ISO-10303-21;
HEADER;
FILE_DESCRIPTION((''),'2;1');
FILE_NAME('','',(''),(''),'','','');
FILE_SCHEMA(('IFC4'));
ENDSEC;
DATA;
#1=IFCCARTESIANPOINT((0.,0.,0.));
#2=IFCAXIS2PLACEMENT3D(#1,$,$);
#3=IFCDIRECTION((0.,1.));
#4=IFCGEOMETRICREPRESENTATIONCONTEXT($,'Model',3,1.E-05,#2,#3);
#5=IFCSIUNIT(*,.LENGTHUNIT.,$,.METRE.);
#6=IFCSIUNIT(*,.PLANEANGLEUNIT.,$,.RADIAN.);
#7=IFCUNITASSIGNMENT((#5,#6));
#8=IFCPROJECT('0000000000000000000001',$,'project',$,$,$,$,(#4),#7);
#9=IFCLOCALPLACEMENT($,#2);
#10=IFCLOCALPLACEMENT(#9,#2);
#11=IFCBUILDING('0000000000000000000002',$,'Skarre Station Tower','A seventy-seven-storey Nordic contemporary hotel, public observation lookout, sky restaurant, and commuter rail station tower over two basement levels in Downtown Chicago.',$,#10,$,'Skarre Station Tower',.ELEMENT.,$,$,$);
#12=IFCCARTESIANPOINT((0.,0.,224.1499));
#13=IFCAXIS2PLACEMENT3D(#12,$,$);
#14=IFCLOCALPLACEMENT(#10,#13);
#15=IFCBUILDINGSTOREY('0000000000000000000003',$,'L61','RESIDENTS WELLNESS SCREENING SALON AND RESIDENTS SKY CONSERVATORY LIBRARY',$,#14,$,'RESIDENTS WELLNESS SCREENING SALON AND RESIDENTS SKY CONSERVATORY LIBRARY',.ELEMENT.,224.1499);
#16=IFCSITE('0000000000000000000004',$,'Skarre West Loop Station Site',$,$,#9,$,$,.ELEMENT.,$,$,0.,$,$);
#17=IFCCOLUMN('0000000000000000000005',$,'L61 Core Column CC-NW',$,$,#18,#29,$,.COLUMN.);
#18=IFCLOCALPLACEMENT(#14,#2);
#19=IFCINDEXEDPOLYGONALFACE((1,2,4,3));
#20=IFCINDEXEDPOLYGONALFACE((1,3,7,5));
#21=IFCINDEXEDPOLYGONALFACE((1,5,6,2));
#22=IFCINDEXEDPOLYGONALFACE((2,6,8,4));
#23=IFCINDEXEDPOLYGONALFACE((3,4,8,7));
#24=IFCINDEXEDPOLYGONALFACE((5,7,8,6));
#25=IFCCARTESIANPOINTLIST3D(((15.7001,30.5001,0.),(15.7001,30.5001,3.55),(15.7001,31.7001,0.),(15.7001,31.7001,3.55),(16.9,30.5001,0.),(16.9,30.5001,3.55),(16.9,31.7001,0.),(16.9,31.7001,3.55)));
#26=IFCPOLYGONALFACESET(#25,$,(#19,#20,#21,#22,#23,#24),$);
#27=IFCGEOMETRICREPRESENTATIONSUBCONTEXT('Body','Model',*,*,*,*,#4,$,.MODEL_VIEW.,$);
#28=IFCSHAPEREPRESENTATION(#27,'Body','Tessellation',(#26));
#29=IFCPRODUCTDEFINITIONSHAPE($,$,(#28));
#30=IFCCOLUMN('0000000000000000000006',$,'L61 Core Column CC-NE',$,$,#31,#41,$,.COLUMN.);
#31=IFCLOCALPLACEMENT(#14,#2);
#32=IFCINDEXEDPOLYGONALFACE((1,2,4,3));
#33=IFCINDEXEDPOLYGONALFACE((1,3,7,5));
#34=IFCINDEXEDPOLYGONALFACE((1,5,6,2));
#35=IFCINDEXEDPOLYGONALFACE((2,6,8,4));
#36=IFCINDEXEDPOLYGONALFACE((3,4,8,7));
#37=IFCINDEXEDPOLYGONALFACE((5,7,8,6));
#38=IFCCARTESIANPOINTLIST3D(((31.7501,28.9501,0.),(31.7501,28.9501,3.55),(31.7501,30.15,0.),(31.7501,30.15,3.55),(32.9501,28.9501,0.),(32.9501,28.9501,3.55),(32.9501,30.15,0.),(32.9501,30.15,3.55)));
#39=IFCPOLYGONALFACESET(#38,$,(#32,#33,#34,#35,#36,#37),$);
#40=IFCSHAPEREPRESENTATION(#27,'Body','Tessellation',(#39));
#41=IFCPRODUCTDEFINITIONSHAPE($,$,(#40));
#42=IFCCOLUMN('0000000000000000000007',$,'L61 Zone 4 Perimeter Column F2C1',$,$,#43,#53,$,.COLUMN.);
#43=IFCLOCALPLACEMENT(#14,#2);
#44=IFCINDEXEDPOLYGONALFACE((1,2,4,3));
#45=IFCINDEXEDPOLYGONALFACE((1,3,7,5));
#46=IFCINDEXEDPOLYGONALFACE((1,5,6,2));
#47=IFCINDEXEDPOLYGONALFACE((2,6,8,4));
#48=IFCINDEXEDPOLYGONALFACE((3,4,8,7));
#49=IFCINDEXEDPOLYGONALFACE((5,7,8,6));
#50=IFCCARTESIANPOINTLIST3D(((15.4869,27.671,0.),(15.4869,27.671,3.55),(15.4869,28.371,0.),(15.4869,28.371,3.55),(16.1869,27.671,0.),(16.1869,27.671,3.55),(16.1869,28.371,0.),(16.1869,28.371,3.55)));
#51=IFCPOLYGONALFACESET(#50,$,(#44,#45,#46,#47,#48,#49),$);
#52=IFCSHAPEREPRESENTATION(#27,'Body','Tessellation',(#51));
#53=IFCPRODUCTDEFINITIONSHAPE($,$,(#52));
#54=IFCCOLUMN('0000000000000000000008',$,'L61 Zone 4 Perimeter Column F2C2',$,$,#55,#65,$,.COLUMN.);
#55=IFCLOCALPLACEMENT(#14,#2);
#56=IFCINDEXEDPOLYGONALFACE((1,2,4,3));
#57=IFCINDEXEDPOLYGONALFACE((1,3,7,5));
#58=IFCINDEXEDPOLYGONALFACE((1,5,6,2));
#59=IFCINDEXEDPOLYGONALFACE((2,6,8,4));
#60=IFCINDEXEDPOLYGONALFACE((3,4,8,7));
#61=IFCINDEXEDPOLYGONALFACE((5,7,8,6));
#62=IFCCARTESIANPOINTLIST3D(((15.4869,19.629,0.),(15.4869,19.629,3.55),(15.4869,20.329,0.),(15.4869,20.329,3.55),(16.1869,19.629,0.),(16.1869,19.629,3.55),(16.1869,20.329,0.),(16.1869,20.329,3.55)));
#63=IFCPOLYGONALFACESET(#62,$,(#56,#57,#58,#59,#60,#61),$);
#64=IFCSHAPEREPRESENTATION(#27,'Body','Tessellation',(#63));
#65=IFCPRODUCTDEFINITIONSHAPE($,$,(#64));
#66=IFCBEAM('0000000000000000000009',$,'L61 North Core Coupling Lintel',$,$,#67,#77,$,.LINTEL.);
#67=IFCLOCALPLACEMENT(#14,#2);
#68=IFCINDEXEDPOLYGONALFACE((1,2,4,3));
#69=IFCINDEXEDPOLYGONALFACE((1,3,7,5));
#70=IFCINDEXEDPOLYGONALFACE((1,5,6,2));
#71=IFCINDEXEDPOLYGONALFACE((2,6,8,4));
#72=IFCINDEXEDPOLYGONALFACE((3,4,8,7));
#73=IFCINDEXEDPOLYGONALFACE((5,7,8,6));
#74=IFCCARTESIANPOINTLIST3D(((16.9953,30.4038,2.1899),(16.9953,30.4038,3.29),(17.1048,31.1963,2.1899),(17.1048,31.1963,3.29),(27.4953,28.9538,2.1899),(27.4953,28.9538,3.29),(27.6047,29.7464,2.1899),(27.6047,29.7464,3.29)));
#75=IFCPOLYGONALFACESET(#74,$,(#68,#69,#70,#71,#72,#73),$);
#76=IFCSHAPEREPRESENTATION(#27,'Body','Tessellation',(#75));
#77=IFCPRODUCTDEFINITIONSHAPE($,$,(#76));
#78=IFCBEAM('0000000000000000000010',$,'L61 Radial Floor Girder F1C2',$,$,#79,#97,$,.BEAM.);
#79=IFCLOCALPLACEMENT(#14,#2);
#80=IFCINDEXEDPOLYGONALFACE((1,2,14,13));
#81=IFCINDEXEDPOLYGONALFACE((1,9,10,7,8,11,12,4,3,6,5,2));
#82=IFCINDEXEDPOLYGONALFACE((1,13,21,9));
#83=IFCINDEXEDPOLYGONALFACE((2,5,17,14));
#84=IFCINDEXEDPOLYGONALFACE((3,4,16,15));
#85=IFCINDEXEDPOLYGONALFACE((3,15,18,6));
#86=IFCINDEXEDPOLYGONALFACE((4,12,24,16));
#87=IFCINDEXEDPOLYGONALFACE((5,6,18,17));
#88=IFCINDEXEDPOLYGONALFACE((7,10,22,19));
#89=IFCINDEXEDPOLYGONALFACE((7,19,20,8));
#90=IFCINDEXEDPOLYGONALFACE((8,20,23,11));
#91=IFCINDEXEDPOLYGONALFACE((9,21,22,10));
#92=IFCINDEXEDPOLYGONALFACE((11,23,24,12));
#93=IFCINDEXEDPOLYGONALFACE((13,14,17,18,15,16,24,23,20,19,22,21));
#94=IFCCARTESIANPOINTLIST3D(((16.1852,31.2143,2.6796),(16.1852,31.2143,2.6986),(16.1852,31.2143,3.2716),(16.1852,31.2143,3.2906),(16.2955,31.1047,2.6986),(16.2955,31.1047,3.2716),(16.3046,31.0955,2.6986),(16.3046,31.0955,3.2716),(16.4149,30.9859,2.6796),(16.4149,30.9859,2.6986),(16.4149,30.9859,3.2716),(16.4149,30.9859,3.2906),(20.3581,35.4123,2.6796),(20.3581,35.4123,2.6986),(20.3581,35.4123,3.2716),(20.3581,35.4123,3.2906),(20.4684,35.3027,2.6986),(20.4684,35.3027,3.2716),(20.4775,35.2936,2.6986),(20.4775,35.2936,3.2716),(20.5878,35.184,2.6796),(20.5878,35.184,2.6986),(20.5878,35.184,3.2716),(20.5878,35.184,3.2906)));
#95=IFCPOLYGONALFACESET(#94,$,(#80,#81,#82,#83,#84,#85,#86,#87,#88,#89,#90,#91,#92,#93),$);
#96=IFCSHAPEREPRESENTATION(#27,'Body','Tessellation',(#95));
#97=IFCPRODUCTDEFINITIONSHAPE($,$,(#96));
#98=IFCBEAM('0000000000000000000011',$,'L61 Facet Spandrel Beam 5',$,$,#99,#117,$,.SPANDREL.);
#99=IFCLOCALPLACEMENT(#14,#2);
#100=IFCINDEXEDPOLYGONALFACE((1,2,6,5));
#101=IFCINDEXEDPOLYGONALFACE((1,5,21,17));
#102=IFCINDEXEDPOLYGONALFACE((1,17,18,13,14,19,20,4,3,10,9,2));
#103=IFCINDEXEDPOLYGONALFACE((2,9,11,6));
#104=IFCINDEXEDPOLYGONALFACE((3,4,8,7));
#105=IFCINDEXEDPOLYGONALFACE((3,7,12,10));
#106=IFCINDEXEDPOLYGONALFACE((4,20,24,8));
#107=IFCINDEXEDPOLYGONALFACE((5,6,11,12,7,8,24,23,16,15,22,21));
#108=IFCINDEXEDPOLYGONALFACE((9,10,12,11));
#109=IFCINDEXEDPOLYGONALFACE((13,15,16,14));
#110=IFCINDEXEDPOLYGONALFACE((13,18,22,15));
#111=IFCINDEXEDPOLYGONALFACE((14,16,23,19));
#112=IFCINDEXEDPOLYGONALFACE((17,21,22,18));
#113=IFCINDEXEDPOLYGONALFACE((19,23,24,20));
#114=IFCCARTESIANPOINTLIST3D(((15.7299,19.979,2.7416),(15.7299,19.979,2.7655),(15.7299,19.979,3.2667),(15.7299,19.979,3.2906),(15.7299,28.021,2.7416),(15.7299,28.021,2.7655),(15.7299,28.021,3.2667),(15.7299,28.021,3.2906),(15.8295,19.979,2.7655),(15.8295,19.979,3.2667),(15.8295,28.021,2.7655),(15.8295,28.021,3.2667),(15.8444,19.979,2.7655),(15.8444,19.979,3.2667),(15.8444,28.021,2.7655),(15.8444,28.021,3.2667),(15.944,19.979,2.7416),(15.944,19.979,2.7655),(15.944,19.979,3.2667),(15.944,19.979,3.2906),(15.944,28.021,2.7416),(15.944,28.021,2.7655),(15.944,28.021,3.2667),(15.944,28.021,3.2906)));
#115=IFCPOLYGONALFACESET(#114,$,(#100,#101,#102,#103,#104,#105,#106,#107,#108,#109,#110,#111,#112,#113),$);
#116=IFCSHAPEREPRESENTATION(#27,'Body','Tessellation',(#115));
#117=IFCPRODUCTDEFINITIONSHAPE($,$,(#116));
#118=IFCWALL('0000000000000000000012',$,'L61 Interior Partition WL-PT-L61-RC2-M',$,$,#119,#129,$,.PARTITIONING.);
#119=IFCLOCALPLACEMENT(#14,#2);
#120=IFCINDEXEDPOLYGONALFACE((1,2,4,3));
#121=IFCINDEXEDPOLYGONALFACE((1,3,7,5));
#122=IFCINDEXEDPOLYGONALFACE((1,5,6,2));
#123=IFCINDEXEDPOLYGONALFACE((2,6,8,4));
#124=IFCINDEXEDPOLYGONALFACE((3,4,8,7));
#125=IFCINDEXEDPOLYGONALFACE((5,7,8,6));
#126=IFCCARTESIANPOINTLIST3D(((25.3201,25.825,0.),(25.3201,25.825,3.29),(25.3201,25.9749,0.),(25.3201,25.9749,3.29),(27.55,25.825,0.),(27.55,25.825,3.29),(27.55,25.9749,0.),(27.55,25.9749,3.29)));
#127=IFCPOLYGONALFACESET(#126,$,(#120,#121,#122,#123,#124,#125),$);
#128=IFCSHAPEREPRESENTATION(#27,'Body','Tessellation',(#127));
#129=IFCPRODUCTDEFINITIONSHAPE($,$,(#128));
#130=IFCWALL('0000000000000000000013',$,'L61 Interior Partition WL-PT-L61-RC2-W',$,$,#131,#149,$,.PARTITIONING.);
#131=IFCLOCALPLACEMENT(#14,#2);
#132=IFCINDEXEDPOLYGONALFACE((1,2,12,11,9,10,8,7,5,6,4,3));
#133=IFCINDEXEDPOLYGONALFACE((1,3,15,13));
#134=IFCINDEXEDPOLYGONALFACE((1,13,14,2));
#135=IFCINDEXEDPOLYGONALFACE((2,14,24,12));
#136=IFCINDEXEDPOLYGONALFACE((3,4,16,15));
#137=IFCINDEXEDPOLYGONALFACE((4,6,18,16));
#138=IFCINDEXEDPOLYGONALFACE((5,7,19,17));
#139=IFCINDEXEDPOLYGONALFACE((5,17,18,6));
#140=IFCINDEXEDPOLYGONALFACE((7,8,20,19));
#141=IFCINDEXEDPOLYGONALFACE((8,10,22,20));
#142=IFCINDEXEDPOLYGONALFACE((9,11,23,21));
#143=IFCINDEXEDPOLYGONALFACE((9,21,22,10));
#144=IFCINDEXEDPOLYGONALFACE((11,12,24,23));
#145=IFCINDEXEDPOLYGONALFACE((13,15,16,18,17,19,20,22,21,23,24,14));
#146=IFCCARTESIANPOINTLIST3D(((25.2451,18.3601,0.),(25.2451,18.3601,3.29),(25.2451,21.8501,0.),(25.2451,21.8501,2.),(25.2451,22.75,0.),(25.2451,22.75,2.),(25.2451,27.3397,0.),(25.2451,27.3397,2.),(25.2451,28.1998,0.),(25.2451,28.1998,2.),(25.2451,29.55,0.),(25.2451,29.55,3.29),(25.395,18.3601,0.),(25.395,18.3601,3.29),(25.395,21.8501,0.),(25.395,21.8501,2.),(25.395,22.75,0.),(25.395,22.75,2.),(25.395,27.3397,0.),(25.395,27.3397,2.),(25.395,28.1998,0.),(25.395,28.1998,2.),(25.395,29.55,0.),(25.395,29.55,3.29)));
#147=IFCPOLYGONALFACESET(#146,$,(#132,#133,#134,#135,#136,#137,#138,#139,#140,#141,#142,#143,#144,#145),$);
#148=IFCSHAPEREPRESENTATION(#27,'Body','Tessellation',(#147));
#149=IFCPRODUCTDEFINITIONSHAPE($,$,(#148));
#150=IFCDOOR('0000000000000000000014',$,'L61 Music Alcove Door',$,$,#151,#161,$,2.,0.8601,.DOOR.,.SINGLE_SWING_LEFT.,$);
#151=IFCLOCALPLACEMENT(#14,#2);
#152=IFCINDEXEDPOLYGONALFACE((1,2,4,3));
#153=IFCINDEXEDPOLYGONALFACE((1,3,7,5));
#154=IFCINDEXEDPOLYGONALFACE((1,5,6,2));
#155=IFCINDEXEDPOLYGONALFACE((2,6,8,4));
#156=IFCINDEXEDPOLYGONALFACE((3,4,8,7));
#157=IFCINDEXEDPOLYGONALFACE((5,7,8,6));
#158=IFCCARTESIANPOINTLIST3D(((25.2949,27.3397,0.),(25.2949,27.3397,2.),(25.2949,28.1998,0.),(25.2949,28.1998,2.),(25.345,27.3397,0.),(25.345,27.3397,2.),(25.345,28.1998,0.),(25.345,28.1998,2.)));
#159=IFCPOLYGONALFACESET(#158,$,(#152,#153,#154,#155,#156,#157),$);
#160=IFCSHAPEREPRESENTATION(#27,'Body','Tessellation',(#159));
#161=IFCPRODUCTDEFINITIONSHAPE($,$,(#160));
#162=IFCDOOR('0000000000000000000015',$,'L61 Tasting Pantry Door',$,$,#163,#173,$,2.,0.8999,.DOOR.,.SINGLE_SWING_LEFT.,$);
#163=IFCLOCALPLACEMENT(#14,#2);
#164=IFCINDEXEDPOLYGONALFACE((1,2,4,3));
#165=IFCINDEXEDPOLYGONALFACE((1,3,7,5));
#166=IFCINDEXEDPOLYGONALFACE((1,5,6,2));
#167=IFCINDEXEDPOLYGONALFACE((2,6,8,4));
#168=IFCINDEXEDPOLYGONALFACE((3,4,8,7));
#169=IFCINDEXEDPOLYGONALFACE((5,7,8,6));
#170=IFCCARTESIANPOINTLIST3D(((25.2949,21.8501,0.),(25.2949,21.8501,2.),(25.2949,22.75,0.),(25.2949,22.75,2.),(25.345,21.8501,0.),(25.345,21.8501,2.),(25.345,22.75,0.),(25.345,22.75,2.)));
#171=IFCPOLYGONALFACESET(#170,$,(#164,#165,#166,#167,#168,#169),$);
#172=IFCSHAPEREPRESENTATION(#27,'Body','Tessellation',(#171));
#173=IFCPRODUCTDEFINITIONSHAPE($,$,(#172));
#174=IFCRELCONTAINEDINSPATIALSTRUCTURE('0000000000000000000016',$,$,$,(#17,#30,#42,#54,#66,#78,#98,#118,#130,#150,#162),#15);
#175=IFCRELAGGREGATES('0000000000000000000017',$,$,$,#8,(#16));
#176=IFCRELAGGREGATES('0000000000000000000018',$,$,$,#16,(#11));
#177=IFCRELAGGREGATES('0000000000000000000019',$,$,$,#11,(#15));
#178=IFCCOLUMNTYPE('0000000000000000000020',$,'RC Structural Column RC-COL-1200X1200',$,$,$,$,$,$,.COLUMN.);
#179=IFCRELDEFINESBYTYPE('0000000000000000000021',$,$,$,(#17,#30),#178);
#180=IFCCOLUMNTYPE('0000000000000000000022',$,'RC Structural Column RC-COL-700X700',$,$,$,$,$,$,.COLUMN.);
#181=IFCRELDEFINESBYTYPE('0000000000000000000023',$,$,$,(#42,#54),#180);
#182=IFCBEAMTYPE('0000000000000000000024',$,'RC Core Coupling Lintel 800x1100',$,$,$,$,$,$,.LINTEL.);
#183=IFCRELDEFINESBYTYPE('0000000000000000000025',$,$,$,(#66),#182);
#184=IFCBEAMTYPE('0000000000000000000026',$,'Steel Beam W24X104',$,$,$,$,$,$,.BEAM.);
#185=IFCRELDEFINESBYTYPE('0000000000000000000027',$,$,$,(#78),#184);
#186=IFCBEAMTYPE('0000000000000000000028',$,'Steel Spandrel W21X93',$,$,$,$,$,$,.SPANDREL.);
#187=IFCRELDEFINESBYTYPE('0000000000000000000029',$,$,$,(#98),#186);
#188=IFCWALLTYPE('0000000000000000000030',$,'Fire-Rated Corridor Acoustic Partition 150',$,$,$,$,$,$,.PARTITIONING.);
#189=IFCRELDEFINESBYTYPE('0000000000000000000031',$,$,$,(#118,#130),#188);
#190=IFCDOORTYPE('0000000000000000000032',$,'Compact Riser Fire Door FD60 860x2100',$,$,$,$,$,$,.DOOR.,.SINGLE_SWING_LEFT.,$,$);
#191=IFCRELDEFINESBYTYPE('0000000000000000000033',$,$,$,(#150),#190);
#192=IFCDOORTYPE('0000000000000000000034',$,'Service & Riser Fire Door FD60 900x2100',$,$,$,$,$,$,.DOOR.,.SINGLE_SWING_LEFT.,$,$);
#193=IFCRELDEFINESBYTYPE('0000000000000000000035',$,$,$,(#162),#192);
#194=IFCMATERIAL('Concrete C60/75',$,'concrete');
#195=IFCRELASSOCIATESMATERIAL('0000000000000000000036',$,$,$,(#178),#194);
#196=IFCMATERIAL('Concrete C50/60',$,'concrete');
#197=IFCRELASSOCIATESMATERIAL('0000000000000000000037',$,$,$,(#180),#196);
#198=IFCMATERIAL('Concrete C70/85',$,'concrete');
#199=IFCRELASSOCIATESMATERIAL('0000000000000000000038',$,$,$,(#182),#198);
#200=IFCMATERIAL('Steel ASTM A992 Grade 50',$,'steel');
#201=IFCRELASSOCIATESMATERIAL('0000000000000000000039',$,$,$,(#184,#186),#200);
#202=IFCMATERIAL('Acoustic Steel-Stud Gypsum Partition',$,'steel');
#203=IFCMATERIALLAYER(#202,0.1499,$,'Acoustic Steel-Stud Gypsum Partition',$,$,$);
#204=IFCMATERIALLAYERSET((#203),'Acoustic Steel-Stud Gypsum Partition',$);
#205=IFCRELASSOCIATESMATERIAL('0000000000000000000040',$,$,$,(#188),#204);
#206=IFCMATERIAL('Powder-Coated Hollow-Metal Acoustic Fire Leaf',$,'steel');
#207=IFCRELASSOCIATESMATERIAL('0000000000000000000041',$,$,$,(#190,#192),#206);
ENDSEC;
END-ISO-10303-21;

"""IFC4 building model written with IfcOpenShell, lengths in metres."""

from ifc_helpers import new_model, si_unit, direction, frame, frame_2d, origin, origin_2d, place, context, subcontext, project, spatial, rectangle, i_section, extrude, material, layer, layer_set, material_profile, profile_set, type_object, element, fill, save


model = new_model("IFC4")

# Units and contexts
model_context = context("Model", 3, precision=1e-05, world=origin(), true_north=direction((0.0, 1.0)))
body_context = subcontext(model_context, "Body", "Model", "MODEL_VIEW")
ifc_project = project(units=[si_unit("LENGTHUNIT", "METRE"), si_unit("PLANEANGLEUNIT", "RADIAN")], contexts=[model_context])

# Site, building, storey
site_placement = place(None, origin())
site = spatial("IfcSite", under=ifc_project, at=site_placement, Name="Skarre West Loop Station Site", CompositionType="ELEMENT", RefElevation=0.0)
building_placement = place(site_placement, origin())
building = spatial("IfcBuilding", under=site, at=building_placement, Name="Skarre Station Tower", Description="A seventy-seven-storey Nordic contemporary hotel, public observation lookout, sky restaurant, and commuter rail station tower over two basement levels in Downtown Chicago.", LongName="Skarre Station Tower", CompositionType="ELEMENT")
storey_placement = place(building_placement, frame((0.0, 0.0, 224.1499)))
storey = spatial("IfcBuildingStorey", under=building, at=storey_placement, Name="L61", Description="RESIDENTS WELLNESS SCREENING SALON AND RESIDENTS SKY CONSERVATORY LIBRARY", LongName="RESIDENTS WELLNESS SCREENING SALON AND RESIDENTS SKY CONSERVATORY LIBRARY", CompositionType="ELEMENT", Elevation=224.1499)

# Columns
ifc_material_1 = material(Name="Concrete C60/75", Category="concrete")
ifc_material_profile_1 = material_profile(ifc_material_1, rectangle(XDim=1.2, YDim=1.2, at=origin_2d()), Name="Concrete C60/75")
ifc_profile_set_1 = profile_set([ifc_material_profile_1], Name="Concrete C60/75")
column_type_1 = type_object("IfcColumnType", Name="RC Structural Column RC-COL-1200X1200", PredefinedType="COLUMN", material=ifc_profile_set_1)
for number, where, z_axis, x_axis, name in (
    (1, (16.3, 31.1001, 0.0), (0.0, 0.0, 1.0), (1.0, 0.0, 0.0), "L61 Core Column CC-NW"),
    (2, (32.3501, 29.55, 0.0), (0.0, 0.0, 1.0), (1.0, 0.0, 0.0), "L61 Core Column CC-NE"),
):
    element("IfcColumn", number, at=place(storey_placement, frame(where, z_axis=z_axis, x_axis=x_axis)), inside=storey, type_object=column_type_1, Name=name, PredefinedType="COLUMN", context=body_context, shape_type="SweptSolid", body=[
        extrude(rectangle(XDim=1.2, YDim=1.2, at=origin_2d()), origin(), (0.0, 0.0, 1.0), 3.55),
    ])
ifc_material_2 = material(Name="Concrete C50/60", Category="concrete")
ifc_material_profile_2 = material_profile(ifc_material_2, rectangle(XDim=0.7, YDim=0.7, at=origin_2d()), Name="Concrete C50/60")
ifc_profile_set_2 = profile_set([ifc_material_profile_2], Name="Concrete C50/60")
column_type_2 = type_object("IfcColumnType", Name="RC Structural Column RC-COL-700X700", PredefinedType="COLUMN", material=ifc_profile_set_2)
for number, where, z_axis, x_axis, name in (
    (3, (15.8369, 28.021, 0.0), (0.0, 0.0, 1.0), (1.0, 0.0, 0.0), "L61 Zone 4 Perimeter Column F2C1"),
    (4, (15.8369, 19.979, 0.0), (0.0, 0.0, 1.0), (1.0, 0.0, 0.0), "L61 Zone 4 Perimeter Column F2C2"),
):
    element("IfcColumn", number, at=place(storey_placement, frame(where, z_axis=z_axis, x_axis=x_axis)), inside=storey, type_object=column_type_2, Name=name, PredefinedType="COLUMN", context=body_context, shape_type="SweptSolid", body=[
        extrude(rectangle(XDim=0.7, YDim=0.7, at=origin_2d()), origin(), (0.0, 0.0, 1.0), 3.55),
    ])

# Beams
ifc_material_3 = material(Name="Concrete C70/85", Category="concrete")
ifc_material_profile_3 = material_profile(ifc_material_3, rectangle(XDim=0.8, YDim=1.1001, at=origin_2d()), Name="Concrete C70/85")
ifc_profile_set_3 = profile_set([ifc_material_profile_3], Name="Concrete C70/85")
beam_type_1 = type_object("IfcBeamType", Name="RC Core Coupling Lintel 800x1100", PredefinedType="LINTEL", material=ifc_profile_set_3)
beam_1_placement = place(storey_placement, frame((17.05, 30.8, 2.74), z_axis=(0.9906, -0.136792, 0.0), x_axis=(0.136792, 0.9906, 0.0)))
element("IfcBeam", 5, at=beam_1_placement, inside=storey, type_object=beam_type_1, Name="L61 North Core Coupling Lintel", PredefinedType="LINTEL", context=body_context, shape_type="SweptSolid", body=[
    extrude(rectangle(XDim=0.8, YDim=1.1001, at=origin_2d()), origin(), (0.0, 0.0, 1.0), 10.5996),
])
ifc_material_4 = material(Name="Steel ASTM A992 Grade 50", Category="steel")
ifc_material_profile_4 = material_profile(ifc_material_4, i_section(OverallWidth=0.324, OverallDepth=0.6111, WebThickness=0.0129, FlangeThickness=0.019, at=origin_2d()), Name="Steel ASTM A992 Grade 50")
ifc_profile_set_4 = profile_set([ifc_material_profile_4], Name="Steel ASTM A992 Grade 50")
beam_type_2 = type_object("IfcBeamType", Name="Steel Beam W24X104", PredefinedType="BEAM", material=ifc_profile_set_4)
beam_2_placement = place(storey_placement, frame((16.3, 31.1001, 2.9851), z_axis=(0.704979, 0.709228, 0.0), x_axis=(-0.709228, 0.704979, 0.0)))
element("IfcBeam", 6, at=beam_2_placement, inside=storey, type_object=beam_type_2, Name="L61 Radial Floor Girder F1C2", PredefinedType="BEAM", context=body_context, shape_type="SweptSolid", body=[
    extrude(i_section(OverallWidth=0.324, OverallDepth=0.6111, WebThickness=0.0129, FlangeThickness=0.019, at=origin_2d()), origin(), (0.0, 0.0, 1.0), 5.9192),
])
ifc_material_profile_5 = material_profile(ifc_material_4, i_section(OverallWidth=0.2141, OverallDepth=0.5491, WebThickness=0.0149, FlangeThickness=0.0239, at=origin_2d()), Name="Steel ASTM A992 Grade 50")
ifc_profile_set_5 = profile_set([ifc_material_profile_5], Name="Steel ASTM A992 Grade 50")
beam_type_3 = type_object("IfcBeamType", Name="Steel Spandrel W21X93", PredefinedType="SPANDREL", material=ifc_profile_set_5)
beam_3_placement = place(storey_placement, frame((15.8369, 28.021, 3.0161), z_axis=(0.0, -1.0, 0.0), x_axis=(1.0, 0.0, 0.0)))
element("IfcBeam", 7, at=beam_3_placement, inside=storey, type_object=beam_type_3, Name="L61 Facet Spandrel Beam 5", PredefinedType="SPANDREL", context=body_context, shape_type="SweptSolid", body=[
    extrude(i_section(OverallWidth=0.2141, OverallDepth=0.5491, WebThickness=0.0149, FlangeThickness=0.0239, at=origin_2d()), origin(), (0.0, 0.0, 1.0), 8.042),
])

# Wall
ifc_material_5 = material(Name="Acoustic Steel-Stud Gypsum Partition", Category="steel")
ifc_layer_1 = layer(ifc_material_5, 0.1499, Name="Acoustic Steel-Stud Gypsum Partition")
ifc_layer_set_1 = layer_set([ifc_layer_1], Name="Acoustic Steel-Stud Gypsum Partition")
wall_type_1 = type_object("IfcWallType", Name="Fire-Rated Corridor Acoustic Partition 150", PredefinedType="PARTITIONING", material=ifc_layer_set_1)
wall_1_placement = place(storey_placement, frame((25.3201, 25.8999, 0.0), z_axis=(0.0, 0.0, 1.0), x_axis=(1.0, 0.0, 0.0)))
element("IfcWall", 8, at=wall_1_placement, inside=storey, type_object=wall_type_1, Name="L61 Interior Partition WL-PT-L61-RC2-M", PredefinedType="PARTITIONING", context=body_context, shape_type="SweptSolid", body=[
    extrude(rectangle(XDim=2.23, YDim=0.1499, at=frame_2d((1.115, 0.0))), origin(), (0.0, 0.0, 1.0), 3.29),
])

# Wall, openings, doors
wall_2_placement = place(storey_placement, frame((25.3201, 29.55, 0.0), z_axis=(0.0, 0.0, 1.0), x_axis=(0.0, -1.0, 0.0)))
wall_2 = element("IfcWall", 9, at=wall_2_placement, inside=storey, type_object=wall_type_1, Name="L61 Interior Partition WL-PT-L61-RC2-W", PredefinedType="PARTITIONING", context=body_context, shape_type="SweptSolid", body=[
    extrude(rectangle(XDim=11.1899, YDim=0.1499, at=frame_2d((5.595, 0.0))), origin(), (0.0, 0.0, 1.0), 3.29),
])
opening_1_placement = place(wall_2_placement, frame((1.3501, 0.0, 0.0)))
opening_1 = element("IfcOpeningElement", 10, at=opening_1_placement, cuts=wall_2, PredefinedType="OPENING", context=body_context, shape_type="SweptSolid", body=[
    extrude(rectangle(XDim=0.8601, YDim=2.0, at=frame_2d((0.4302, 1.0))), frame((0.0, 0.085, 0.0), z_axis=(0.0, -1.0, 0.0), x_axis=(1.0, 0.0, 0.0)), (0.0, 0.0, 1.0), 0.1699),
])
opening_2_placement = place(wall_2_placement, frame((6.8, 0.0, 0.0)))
opening_2 = element("IfcOpeningElement", 11, at=opening_2_placement, cuts=wall_2, PredefinedType="OPENING", context=body_context, shape_type="SweptSolid", body=[
    extrude(rectangle(XDim=0.8999, YDim=2.0, at=frame_2d((0.45, 1.0))), frame((0.0, 0.085, 0.0), z_axis=(0.0, -1.0, 0.0), x_axis=(1.0, 0.0, 0.0)), (0.0, 0.0, 1.0), 0.1699),
])
ifc_material_6 = material(Name="Powder-Coated Hollow-Metal Acoustic Fire Leaf", Category="steel")
door_type_1 = type_object("IfcDoorType", Name="Compact Riser Fire Door FD60 860x2100", OperationType="SINGLE_SWING_LEFT", PredefinedType="DOOR", material=ifc_material_6)
door_1_placement = place(opening_1_placement, origin())
door_1 = element("IfcDoor", 12, at=door_1_placement, inside=storey, type_object=door_type_1, Name="L61 Music Alcove Door", OperationType="SINGLE_SWING_LEFT", OverallHeight=2.0, OverallWidth=0.8601, PredefinedType="DOOR", context=body_context, shape_type="SweptSolid", body=[
    extrude(rectangle(XDim=0.8601, YDim=2.0, at=frame_2d((0.4302, 1.0))), frame((0.0, 0.0249, 0.0), z_axis=(0.0, -1.0, 0.0), x_axis=(1.0, 0.0, 0.0)), (0.0, 0.0, 1.0), 0.05),
])
fill(opening_1, door_1)
door_type_2 = type_object("IfcDoorType", Name="Service & Riser Fire Door FD60 900x2100", OperationType="SINGLE_SWING_LEFT", PredefinedType="DOOR", material=ifc_material_6)
door_2_placement = place(opening_2_placement, origin())
door_2 = element("IfcDoor", 13, at=door_2_placement, inside=storey, type_object=door_type_2, Name="L61 Tasting Pantry Door", OperationType="SINGLE_SWING_LEFT", OverallHeight=2.0, OverallWidth=0.8999, PredefinedType="DOOR", context=body_context, shape_type="SweptSolid", body=[
    extrude(rectangle(XDim=0.8999, YDim=2.0, at=frame_2d((0.45, 1.0))), frame((0.0, 0.0249, 0.0), z_axis=(0.0, -1.0, 0.0), x_axis=(1.0, 0.0, 0.0)), (0.0, 0.0, 1.0), 0.05),
])
fill(opening_2, door_2)

save(model, "model.ifc")
